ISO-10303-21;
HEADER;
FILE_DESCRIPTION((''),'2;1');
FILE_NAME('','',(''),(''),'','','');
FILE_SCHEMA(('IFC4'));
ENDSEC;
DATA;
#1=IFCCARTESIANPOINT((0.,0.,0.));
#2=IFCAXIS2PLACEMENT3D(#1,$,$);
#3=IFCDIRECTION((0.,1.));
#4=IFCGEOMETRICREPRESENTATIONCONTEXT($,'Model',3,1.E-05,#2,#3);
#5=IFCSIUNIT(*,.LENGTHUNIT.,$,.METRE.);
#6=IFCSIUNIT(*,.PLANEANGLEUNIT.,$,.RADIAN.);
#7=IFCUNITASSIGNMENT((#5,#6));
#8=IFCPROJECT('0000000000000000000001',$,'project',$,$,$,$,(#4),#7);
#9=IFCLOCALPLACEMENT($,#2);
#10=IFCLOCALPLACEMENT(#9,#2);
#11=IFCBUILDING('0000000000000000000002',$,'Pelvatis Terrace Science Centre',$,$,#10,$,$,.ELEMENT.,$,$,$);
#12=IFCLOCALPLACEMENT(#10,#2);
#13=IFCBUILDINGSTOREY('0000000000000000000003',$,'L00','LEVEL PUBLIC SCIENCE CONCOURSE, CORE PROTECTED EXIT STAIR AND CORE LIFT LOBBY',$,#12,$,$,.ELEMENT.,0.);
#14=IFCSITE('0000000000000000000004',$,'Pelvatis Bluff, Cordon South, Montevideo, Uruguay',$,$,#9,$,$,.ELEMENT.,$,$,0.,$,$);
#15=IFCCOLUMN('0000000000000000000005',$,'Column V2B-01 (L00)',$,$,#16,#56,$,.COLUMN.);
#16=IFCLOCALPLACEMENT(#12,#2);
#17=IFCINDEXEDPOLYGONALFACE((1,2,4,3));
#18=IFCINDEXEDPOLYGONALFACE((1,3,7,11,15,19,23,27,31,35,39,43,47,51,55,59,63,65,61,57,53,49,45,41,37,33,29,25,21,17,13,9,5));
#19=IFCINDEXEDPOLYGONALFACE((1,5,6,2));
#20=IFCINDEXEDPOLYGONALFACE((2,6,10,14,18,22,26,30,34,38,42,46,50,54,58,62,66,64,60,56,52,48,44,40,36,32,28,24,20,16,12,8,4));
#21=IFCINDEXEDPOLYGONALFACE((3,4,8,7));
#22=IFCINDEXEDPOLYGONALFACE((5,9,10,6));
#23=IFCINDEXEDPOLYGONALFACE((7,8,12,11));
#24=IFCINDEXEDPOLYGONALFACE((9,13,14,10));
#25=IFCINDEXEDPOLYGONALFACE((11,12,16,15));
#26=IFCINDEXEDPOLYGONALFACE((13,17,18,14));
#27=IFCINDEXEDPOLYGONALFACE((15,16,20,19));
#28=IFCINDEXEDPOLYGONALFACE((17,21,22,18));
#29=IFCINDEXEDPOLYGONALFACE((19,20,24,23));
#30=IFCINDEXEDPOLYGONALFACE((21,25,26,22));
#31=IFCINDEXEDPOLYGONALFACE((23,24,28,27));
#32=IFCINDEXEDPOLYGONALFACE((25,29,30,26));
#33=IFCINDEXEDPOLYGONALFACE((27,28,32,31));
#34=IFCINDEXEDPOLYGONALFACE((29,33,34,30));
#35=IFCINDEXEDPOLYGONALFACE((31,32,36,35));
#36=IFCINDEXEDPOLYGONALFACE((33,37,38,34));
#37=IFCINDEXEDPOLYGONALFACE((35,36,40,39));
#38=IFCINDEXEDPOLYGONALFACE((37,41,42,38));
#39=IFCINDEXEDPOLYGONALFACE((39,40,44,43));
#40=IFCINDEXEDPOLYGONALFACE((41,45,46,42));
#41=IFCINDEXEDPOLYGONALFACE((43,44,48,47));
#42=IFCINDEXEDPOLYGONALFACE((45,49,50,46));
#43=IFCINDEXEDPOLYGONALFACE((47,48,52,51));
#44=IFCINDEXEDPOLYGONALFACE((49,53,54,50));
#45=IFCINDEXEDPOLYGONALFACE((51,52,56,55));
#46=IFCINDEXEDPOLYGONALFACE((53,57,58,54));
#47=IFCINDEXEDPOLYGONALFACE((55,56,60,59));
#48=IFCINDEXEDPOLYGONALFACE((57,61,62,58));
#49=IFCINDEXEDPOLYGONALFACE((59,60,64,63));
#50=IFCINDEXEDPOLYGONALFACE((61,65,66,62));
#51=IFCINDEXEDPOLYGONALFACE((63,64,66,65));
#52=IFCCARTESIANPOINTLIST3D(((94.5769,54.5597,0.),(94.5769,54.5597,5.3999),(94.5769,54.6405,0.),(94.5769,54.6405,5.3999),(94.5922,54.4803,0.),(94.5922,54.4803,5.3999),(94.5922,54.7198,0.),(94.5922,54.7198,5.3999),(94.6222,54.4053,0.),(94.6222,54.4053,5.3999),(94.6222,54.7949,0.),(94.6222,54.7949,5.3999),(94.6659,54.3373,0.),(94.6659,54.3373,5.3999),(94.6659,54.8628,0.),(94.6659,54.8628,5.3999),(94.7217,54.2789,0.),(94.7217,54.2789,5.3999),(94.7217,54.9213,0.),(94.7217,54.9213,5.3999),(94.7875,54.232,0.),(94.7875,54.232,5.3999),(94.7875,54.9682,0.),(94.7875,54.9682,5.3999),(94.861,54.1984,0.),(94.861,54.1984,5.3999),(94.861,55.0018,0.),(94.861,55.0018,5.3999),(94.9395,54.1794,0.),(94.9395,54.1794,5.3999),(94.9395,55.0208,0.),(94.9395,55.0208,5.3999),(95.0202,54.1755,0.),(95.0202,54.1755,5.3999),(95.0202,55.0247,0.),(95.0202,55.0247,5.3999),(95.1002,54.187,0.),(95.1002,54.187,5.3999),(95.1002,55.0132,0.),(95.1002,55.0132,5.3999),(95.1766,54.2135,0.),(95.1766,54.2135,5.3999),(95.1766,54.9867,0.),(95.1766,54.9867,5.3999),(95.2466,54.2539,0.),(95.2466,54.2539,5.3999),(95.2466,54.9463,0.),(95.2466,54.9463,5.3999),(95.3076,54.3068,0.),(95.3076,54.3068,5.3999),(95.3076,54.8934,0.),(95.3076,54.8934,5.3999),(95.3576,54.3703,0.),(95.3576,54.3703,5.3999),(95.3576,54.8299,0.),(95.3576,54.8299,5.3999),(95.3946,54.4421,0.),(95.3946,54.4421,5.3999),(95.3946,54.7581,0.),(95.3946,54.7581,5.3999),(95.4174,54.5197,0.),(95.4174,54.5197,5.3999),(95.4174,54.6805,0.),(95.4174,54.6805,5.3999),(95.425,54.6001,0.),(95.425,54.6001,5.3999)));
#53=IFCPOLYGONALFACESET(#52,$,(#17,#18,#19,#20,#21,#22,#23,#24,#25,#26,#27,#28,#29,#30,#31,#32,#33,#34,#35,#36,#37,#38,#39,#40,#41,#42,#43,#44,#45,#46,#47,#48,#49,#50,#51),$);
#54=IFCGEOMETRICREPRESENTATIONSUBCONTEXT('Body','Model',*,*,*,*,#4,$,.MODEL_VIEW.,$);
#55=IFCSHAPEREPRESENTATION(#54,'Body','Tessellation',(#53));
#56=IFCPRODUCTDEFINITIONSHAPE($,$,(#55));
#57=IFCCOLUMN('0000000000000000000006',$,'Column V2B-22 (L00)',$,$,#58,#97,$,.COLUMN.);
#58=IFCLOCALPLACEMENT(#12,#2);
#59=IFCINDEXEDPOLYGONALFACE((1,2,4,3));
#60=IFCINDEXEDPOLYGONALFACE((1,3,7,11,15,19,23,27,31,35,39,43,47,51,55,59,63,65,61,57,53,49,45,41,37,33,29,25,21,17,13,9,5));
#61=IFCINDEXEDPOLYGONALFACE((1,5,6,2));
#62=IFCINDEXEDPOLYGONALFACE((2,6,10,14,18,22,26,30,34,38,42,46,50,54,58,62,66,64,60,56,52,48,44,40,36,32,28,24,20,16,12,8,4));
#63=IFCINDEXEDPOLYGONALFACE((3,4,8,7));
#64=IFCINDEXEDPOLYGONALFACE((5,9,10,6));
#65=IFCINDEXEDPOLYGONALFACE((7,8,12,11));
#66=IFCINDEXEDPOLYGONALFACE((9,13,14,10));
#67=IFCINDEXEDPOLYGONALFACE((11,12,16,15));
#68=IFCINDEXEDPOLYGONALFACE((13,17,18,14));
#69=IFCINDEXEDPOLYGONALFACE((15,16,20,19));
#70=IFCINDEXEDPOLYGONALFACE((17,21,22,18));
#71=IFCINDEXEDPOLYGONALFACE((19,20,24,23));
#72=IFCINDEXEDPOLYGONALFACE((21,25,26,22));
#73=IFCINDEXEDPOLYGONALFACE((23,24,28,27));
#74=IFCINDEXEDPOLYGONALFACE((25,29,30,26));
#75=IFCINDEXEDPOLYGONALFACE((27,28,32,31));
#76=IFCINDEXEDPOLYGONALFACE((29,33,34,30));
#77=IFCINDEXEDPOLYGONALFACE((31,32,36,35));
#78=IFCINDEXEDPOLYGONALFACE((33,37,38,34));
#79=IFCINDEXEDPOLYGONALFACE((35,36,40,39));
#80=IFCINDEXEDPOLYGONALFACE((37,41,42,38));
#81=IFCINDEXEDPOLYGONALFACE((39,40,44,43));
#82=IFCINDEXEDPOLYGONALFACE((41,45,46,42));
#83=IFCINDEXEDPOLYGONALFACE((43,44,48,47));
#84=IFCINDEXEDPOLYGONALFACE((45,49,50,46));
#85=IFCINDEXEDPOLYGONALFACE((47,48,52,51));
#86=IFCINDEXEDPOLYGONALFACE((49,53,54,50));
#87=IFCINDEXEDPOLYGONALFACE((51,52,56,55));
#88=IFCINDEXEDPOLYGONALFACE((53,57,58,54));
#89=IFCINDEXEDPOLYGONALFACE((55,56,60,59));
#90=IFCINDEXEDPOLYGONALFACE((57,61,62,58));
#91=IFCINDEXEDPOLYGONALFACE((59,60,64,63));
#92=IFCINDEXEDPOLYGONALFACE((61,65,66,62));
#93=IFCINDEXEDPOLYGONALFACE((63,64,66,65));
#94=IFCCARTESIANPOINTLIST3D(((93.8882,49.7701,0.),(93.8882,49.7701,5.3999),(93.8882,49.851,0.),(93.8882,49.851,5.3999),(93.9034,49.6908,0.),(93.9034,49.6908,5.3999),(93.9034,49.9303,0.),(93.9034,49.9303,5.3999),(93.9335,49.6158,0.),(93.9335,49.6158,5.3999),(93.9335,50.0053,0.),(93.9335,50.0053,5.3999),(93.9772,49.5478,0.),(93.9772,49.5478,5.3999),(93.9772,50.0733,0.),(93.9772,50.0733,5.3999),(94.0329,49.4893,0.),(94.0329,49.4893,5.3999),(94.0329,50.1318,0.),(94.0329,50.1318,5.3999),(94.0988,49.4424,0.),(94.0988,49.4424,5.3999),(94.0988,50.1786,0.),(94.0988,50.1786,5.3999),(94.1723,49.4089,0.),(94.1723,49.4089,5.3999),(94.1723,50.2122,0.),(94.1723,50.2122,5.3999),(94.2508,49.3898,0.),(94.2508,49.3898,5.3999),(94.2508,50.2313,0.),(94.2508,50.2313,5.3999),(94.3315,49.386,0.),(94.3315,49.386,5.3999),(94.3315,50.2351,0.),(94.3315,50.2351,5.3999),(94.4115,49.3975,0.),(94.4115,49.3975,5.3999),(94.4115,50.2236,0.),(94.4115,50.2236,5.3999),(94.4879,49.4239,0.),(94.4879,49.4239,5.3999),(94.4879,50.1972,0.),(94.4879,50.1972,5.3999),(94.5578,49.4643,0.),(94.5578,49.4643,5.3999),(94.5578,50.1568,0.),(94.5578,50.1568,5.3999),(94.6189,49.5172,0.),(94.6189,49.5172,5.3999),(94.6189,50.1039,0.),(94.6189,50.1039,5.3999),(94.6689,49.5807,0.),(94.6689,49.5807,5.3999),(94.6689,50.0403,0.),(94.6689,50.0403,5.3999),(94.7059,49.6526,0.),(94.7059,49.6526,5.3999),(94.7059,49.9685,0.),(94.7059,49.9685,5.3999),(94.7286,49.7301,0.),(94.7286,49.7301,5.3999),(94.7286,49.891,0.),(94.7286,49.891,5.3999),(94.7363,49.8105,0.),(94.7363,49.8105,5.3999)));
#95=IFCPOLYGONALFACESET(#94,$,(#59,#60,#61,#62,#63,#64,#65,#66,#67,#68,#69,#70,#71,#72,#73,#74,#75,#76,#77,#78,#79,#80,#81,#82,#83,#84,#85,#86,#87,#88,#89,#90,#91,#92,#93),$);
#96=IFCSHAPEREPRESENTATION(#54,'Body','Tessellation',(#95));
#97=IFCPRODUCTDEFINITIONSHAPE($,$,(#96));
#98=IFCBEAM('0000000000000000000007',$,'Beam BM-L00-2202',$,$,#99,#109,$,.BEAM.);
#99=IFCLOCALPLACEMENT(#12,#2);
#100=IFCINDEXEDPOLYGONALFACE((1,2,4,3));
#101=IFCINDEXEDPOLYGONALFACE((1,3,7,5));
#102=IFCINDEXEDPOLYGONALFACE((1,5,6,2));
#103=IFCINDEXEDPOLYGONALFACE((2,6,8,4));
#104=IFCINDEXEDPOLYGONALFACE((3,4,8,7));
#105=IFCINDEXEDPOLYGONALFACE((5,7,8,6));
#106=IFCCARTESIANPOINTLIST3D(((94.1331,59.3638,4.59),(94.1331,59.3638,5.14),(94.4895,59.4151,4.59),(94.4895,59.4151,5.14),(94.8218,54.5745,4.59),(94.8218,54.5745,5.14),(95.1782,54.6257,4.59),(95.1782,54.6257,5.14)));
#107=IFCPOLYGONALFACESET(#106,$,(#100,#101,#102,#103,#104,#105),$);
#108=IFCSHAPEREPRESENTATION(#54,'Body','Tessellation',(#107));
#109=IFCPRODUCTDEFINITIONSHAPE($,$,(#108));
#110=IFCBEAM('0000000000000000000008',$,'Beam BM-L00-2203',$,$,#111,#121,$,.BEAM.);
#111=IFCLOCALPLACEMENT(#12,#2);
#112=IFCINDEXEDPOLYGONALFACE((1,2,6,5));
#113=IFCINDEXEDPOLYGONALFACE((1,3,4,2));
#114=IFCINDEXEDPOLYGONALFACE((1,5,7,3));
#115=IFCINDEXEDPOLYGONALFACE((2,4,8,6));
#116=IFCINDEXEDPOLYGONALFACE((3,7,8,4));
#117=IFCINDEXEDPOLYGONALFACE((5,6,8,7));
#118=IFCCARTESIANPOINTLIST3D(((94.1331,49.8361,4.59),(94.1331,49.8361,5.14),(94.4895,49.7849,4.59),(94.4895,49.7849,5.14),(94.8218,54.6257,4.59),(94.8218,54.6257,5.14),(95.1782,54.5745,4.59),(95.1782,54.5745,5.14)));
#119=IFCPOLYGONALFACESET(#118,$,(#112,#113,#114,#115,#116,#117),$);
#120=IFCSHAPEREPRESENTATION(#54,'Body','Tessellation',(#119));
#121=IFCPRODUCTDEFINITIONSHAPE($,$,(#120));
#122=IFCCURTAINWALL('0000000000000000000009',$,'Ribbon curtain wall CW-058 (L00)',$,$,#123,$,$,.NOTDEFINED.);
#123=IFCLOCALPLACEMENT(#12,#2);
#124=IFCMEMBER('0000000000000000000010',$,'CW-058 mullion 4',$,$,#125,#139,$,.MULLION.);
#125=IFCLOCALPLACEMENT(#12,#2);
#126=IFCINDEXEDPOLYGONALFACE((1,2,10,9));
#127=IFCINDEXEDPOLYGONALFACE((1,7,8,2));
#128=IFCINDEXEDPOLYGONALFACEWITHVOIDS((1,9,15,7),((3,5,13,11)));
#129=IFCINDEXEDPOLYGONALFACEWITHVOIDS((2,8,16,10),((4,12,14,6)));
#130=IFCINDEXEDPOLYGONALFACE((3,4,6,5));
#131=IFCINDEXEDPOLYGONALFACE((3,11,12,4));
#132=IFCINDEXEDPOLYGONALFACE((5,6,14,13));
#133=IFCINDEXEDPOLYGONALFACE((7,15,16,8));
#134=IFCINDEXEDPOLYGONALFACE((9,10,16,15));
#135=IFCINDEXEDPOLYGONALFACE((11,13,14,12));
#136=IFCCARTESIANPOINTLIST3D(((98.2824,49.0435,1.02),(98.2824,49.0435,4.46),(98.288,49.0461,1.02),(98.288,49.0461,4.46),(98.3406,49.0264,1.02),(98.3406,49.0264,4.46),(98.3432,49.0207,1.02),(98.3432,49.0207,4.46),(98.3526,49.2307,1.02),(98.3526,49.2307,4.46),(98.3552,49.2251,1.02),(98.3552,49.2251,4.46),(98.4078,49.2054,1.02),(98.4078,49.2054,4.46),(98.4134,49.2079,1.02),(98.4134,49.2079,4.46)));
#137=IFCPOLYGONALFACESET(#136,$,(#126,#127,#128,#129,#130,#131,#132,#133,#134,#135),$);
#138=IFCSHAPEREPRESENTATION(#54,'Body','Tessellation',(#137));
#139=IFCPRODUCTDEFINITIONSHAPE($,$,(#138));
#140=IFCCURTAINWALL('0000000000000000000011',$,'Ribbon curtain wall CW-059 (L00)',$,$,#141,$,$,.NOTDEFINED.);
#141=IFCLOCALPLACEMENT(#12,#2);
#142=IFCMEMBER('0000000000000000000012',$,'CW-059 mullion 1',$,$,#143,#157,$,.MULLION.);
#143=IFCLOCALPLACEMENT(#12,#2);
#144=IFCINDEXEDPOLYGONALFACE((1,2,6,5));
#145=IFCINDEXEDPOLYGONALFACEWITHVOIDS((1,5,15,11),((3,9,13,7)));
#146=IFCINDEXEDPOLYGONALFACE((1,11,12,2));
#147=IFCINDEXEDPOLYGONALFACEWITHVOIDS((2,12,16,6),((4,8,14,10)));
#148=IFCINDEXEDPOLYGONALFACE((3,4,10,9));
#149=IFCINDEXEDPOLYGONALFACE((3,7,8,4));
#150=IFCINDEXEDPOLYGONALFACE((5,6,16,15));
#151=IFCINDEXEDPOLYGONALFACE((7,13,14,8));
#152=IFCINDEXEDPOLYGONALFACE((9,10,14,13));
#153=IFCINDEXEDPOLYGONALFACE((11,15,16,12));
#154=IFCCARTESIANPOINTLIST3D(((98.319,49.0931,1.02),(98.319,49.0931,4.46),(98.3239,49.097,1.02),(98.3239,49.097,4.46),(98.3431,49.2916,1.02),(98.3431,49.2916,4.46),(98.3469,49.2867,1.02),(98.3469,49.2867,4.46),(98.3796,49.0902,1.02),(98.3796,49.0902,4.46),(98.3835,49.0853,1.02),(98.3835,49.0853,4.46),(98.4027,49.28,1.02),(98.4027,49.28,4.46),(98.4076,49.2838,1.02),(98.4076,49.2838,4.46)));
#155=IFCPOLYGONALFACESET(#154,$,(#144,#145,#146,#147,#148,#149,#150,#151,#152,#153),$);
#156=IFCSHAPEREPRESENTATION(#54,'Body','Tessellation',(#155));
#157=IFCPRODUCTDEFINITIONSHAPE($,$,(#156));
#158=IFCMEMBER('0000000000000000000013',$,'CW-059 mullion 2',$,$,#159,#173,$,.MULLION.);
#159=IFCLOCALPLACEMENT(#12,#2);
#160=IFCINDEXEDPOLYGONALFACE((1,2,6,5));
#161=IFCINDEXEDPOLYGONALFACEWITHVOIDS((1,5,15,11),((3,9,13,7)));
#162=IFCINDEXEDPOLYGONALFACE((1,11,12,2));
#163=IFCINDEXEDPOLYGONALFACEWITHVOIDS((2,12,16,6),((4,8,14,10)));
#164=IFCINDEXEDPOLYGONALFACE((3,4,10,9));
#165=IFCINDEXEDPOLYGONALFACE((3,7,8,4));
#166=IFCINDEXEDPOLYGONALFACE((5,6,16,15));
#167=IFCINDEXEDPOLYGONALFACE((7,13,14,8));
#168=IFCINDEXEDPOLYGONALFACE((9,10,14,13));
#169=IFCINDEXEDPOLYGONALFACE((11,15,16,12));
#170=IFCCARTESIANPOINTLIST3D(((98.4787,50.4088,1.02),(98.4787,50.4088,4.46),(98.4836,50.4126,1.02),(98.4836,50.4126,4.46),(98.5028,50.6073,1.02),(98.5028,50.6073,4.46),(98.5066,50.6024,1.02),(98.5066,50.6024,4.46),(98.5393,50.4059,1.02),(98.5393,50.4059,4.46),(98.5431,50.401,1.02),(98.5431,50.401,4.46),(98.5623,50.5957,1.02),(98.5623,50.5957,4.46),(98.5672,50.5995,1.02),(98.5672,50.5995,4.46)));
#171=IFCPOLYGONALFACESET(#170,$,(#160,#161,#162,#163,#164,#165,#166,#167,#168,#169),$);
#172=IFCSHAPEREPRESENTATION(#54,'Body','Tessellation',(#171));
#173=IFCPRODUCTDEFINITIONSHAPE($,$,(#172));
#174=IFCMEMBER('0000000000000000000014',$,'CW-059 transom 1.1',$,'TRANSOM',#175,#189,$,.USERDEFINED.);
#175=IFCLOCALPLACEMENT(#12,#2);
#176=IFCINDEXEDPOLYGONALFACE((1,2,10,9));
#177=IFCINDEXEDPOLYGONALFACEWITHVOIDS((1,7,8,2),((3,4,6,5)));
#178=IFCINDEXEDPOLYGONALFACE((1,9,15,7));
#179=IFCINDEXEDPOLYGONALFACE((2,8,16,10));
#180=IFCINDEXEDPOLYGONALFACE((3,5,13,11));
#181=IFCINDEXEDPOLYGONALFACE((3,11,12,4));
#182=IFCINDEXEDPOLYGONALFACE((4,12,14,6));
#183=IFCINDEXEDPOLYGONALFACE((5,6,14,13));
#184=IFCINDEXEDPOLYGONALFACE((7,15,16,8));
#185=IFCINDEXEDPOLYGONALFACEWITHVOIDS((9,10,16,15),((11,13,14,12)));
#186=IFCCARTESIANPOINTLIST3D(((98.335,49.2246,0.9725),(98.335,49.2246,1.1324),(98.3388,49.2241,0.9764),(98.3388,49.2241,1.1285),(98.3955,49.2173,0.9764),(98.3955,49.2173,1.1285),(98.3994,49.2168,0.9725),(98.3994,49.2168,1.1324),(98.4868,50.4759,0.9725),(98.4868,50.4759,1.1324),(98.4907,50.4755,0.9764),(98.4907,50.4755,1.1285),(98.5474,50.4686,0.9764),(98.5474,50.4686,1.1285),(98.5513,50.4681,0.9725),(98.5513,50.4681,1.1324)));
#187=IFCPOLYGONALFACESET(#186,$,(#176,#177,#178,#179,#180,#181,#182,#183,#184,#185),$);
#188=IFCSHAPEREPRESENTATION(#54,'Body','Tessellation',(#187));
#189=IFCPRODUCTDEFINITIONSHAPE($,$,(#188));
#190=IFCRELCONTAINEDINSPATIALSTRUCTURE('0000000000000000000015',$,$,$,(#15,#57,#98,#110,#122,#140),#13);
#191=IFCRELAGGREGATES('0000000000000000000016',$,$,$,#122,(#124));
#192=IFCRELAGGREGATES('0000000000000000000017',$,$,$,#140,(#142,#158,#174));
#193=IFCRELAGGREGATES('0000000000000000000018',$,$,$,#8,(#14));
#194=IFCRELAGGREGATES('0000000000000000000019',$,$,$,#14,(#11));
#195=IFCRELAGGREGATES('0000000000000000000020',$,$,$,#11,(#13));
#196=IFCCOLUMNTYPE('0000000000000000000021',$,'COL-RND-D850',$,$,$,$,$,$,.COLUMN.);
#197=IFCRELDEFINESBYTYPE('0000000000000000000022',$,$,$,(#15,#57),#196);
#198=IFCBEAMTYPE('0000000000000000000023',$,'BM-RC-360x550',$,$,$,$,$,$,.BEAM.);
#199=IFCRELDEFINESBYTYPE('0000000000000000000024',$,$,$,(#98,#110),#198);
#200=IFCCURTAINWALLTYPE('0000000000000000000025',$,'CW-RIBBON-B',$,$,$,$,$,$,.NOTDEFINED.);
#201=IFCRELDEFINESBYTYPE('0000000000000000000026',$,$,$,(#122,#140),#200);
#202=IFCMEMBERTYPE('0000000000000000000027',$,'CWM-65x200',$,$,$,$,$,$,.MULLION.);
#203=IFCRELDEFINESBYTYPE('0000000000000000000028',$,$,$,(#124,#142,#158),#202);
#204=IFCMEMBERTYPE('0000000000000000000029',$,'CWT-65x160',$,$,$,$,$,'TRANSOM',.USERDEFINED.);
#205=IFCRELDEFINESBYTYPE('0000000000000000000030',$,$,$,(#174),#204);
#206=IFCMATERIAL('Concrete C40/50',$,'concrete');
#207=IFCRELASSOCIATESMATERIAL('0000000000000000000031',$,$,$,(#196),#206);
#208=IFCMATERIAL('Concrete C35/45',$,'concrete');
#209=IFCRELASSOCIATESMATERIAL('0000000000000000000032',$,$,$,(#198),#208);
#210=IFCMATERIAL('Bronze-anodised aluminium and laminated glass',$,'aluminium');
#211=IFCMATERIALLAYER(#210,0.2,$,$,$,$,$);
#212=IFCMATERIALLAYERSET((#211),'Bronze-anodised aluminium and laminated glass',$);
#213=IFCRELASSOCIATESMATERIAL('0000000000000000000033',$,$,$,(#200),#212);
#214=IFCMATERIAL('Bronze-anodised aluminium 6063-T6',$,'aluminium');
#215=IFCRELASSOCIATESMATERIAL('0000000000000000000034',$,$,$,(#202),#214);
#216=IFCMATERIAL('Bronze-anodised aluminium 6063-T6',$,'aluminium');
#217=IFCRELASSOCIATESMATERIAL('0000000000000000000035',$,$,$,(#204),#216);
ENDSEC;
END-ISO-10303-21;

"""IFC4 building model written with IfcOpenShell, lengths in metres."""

from ifc_helpers import new_model, si_unit, direction, frame, origin, origin_2d, place, context, subcontext, project, spatial, rectangle, hollow_rectangle, circle, extrude, material, layer, layer_set, material_profile, profile_set, type_object, element, aggregate, save


model = new_model("IFC4")

# Units and contexts
model_context = context("Model", 3, precision=1e-05, world=origin(), true_north=direction((0.0, 1.0)))
body_context = subcontext(model_context, "Body", "Model", "MODEL_VIEW")
ifc_project = project(units=[si_unit("LENGTHUNIT", "METRE"), si_unit("PLANEANGLEUNIT", "RADIAN")], contexts=[model_context])

# Site, building, storey
site_placement = place(None, origin())
site = spatial("IfcSite", under=ifc_project, at=site_placement, Name="Pelvatis Bluff, Cordon South, Montevideo, Uruguay", CompositionType="ELEMENT", RefElevation=0.0)
building_placement = place(site_placement, origin())
building = spatial("IfcBuilding", under=site, at=building_placement, Name="Pelvatis Terrace Science Centre", CompositionType="ELEMENT")
storey_placement = place(building_placement, origin())
storey = spatial("IfcBuildingStorey", under=building, at=storey_placement, Name="L00", Description="LEVEL PUBLIC SCIENCE CONCOURSE, CORE PROTECTED EXIT STAIR AND CORE LIFT LOBBY", CompositionType="ELEMENT", Elevation=0.0)

# Columns
ifc_material_1 = material(Name="Concrete C40/50", Category="concrete")
ifc_material_profile_1 = material_profile(ifc_material_1, circle(Radius=0.425, at=origin_2d()), Name="RC-RCOL D850")
ifc_profile_set_1 = profile_set([ifc_material_profile_1], Name="Concrete C40/50")
column_type = type_object("IfcColumnType", Name="COL-RND-D850", PredefinedType="COLUMN", material=ifc_profile_set_1)
for number, where, z_axis, x_axis, name in (
    (1, (95.0, 54.6001, 0.0), (0.0, 0.0, 1.0), (1.0, 0.0, 0.0), "Column V2B-01 (L00)"),
    (2, (94.3113, 49.8105, 0.0), (0.0, 0.0, 1.0), (1.0, 0.0, 0.0), "Column V2B-22 (L00)"),
):
    element("IfcColumn", number, at=place(storey_placement, frame(where, z_axis=z_axis, x_axis=x_axis)), inside=storey, type_object=column_type, Name=name, PredefinedType="COLUMN", context=body_context, shape_type="SweptSolid", body=[
        extrude(circle(Radius=0.425, at=origin_2d()), origin(), (0.0, 0.0, 1.0), 5.3999),
    ])

# Beams
ifc_material_2 = material(Name="Concrete C35/45", Category="concrete")
ifc_material_profile_2 = material_profile(ifc_material_2, rectangle(XDim=0.3601, YDim=0.55, at=origin_2d()), Name="RC-BM 360x550")
ifc_profile_set_2 = profile_set([ifc_material_profile_2], Name="Concrete C35/45")
beam_type = type_object("IfcBeamType", Name="BM-RC-360x550", PredefinedType="BEAM", material=ifc_profile_set_2)
beam_1_placement = place(storey_placement, frame((95.0, 54.6001, 4.865), z_axis=(-0.14234, 0.989818, 0.0), x_axis=(-0.989818, -0.14234, 0.0)))
element("IfcBeam", 3, at=beam_1_placement, inside=storey, type_object=beam_type, Name="Beam BM-L00-2202", PredefinedType="BEAM", context=body_context, shape_type="SweptSolid", body=[
    extrude(rectangle(XDim=0.3601, YDim=0.55, at=origin_2d()), origin(), (0.0, 0.0, 1.0), 4.8386),
])
beam_2_placement = place(storey_placement, frame((95.0, 54.6001, 4.865), z_axis=(-0.142333, -0.989819, 0.0), x_axis=(0.989819, -0.142333, 0.0)))
element("IfcBeam", 4, at=beam_2_placement, inside=storey, type_object=beam_type, Name="Beam BM-L00-2203", PredefinedType="BEAM", context=body_context, shape_type="SweptSolid", body=[
    extrude(rectangle(XDim=0.3601, YDim=0.55, at=origin_2d()), origin(), (0.0, 0.0, 1.0), 4.8389),
])

# Curtain wall, member
ifc_material_3 = material(Name="Bronze-anodised aluminium and laminated glass", Category="aluminium")
ifc_layer_1 = layer(ifc_material_3, 0.2)
ifc_layer_set_1 = layer_set([ifc_layer_1], Name="Bronze-anodised aluminium and laminated glass")
curtain_wall_type = type_object("IfcCurtainWallType", Name="CW-RIBBON-B", PredefinedType="NOTDEFINED", material=ifc_layer_set_1)
curtain_wall_1_placement = place(storey_placement, origin())
curtain_wall_1 = element("IfcCurtainWall", 5, at=curtain_wall_1_placement, inside=storey, type_object=curtain_wall_type, Name="Ribbon curtain wall CW-058 (L00)", PredefinedType="NOTDEFINED")
ifc_material_4 = material(Name="Bronze-anodised aluminium 6063-T6", Category="aluminium")
ifc_material_profile_3 = material_profile(ifc_material_4, hollow_rectangle(XDim=0.0649, YDim=0.2, WallThickness=0.0044, at=origin_2d()), Name="ALU-MUL 65x200")
ifc_profile_set_3 = profile_set([ifc_material_profile_3], Name="Bronze-anodised aluminium 6063-T6")
member_type_1 = type_object("IfcMemberType", Name="CWM-65x200", PredefinedType="MULLION", material=ifc_profile_set_3)
member_1_placement = place(storey_placement, frame((98.3479, 49.1257, 1.02), z_axis=(0.0, 0.0, 1.0), x_axis=(-0.936318, 0.351153, 0.0)))
member_1 = element("IfcMember", 6, at=member_1_placement, type_object=member_type_1, Name="CW-058 mullion 4", PredefinedType="MULLION", context=body_context, shape_type="SweptSolid", body=[
    extrude(hollow_rectangle(XDim=0.0649, YDim=0.2, WallThickness=0.0044, at=origin_2d()), origin(), (0.0, 0.0, 1.0), 3.4399),
])

# Curtain wall, members
curtain_wall_2_placement = place(storey_placement, origin())
curtain_wall_2 = element("IfcCurtainWall", 7, at=curtain_wall_2_placement, inside=storey, type_object=curtain_wall_type, Name="Ribbon curtain wall CW-059 (L00)", PredefinedType="NOTDEFINED")
member_2_placement = place(storey_placement, frame((98.3633, 49.1885, 1.02), z_axis=(0.0, 0.0, 1.0), x_axis=(-0.992721, 0.120435, 0.0)))
member_2 = element("IfcMember", 8, at=member_2_placement, type_object=member_type_1, Name="CW-059 mullion 1", PredefinedType="MULLION", context=body_context, shape_type="SweptSolid", body=[
    extrude(hollow_rectangle(XDim=0.0649, YDim=0.2, WallThickness=0.0044, at=origin_2d()), origin(), (0.0, 0.0, 1.0), 3.4399),
])
member_3_placement = place(storey_placement, frame((98.5229, 50.5042, 1.02), z_axis=(0.0, 0.0, 1.0), x_axis=(-0.992721, 0.120435, 0.0)))
member_3 = element("IfcMember", 9, at=member_3_placement, type_object=member_type_1, Name="CW-059 mullion 2", PredefinedType="MULLION", context=body_context, shape_type="SweptSolid", body=[
    extrude(hollow_rectangle(XDim=0.0649, YDim=0.2, WallThickness=0.0044, at=origin_2d()), origin(), (0.0, 0.0, 1.0), 3.4399),
])
ifc_material_5 = material(Name="Bronze-anodised aluminium 6063-T6", Category="aluminium")
ifc_material_profile_4 = material_profile(ifc_material_5, hollow_rectangle(XDim=0.0649, YDim=0.1599, WallThickness=0.0039, at=origin_2d()), Name="ALU-TRN 65x160")
ifc_profile_set_4 = profile_set([ifc_material_profile_4], Name="Bronze-anodised aluminium 6063-T6")
member_type_2 = type_object("IfcMemberType", Name="CWT-65x160", ElementType="TRANSOM", PredefinedType="USERDEFINED", material=ifc_profile_set_4)
member_4_placement = place(storey_placement, frame((98.3672, 49.2207, 1.0525), z_axis=(0.120482, 0.992716, 0.0), x_axis=(-0.992716, 0.120482, 0.0)))
member_4 = element("IfcMember", 10, at=member_4_placement, type_object=member_type_2, Name="CW-059 transom 1.1", ObjectType="TRANSOM", PredefinedType="USERDEFINED", context=body_context, shape_type="SweptSolid", body=[
    extrude(hollow_rectangle(XDim=0.0649, YDim=0.1599, WallThickness=0.0039, at=origin_2d()), origin(), (0.0, 0.0, 1.0), 1.2605),
])

aggregate(curtain_wall_1, [member_1])
aggregate(curtain_wall_2, [member_2, member_3, member_4])

save(model, "model.ifc")
